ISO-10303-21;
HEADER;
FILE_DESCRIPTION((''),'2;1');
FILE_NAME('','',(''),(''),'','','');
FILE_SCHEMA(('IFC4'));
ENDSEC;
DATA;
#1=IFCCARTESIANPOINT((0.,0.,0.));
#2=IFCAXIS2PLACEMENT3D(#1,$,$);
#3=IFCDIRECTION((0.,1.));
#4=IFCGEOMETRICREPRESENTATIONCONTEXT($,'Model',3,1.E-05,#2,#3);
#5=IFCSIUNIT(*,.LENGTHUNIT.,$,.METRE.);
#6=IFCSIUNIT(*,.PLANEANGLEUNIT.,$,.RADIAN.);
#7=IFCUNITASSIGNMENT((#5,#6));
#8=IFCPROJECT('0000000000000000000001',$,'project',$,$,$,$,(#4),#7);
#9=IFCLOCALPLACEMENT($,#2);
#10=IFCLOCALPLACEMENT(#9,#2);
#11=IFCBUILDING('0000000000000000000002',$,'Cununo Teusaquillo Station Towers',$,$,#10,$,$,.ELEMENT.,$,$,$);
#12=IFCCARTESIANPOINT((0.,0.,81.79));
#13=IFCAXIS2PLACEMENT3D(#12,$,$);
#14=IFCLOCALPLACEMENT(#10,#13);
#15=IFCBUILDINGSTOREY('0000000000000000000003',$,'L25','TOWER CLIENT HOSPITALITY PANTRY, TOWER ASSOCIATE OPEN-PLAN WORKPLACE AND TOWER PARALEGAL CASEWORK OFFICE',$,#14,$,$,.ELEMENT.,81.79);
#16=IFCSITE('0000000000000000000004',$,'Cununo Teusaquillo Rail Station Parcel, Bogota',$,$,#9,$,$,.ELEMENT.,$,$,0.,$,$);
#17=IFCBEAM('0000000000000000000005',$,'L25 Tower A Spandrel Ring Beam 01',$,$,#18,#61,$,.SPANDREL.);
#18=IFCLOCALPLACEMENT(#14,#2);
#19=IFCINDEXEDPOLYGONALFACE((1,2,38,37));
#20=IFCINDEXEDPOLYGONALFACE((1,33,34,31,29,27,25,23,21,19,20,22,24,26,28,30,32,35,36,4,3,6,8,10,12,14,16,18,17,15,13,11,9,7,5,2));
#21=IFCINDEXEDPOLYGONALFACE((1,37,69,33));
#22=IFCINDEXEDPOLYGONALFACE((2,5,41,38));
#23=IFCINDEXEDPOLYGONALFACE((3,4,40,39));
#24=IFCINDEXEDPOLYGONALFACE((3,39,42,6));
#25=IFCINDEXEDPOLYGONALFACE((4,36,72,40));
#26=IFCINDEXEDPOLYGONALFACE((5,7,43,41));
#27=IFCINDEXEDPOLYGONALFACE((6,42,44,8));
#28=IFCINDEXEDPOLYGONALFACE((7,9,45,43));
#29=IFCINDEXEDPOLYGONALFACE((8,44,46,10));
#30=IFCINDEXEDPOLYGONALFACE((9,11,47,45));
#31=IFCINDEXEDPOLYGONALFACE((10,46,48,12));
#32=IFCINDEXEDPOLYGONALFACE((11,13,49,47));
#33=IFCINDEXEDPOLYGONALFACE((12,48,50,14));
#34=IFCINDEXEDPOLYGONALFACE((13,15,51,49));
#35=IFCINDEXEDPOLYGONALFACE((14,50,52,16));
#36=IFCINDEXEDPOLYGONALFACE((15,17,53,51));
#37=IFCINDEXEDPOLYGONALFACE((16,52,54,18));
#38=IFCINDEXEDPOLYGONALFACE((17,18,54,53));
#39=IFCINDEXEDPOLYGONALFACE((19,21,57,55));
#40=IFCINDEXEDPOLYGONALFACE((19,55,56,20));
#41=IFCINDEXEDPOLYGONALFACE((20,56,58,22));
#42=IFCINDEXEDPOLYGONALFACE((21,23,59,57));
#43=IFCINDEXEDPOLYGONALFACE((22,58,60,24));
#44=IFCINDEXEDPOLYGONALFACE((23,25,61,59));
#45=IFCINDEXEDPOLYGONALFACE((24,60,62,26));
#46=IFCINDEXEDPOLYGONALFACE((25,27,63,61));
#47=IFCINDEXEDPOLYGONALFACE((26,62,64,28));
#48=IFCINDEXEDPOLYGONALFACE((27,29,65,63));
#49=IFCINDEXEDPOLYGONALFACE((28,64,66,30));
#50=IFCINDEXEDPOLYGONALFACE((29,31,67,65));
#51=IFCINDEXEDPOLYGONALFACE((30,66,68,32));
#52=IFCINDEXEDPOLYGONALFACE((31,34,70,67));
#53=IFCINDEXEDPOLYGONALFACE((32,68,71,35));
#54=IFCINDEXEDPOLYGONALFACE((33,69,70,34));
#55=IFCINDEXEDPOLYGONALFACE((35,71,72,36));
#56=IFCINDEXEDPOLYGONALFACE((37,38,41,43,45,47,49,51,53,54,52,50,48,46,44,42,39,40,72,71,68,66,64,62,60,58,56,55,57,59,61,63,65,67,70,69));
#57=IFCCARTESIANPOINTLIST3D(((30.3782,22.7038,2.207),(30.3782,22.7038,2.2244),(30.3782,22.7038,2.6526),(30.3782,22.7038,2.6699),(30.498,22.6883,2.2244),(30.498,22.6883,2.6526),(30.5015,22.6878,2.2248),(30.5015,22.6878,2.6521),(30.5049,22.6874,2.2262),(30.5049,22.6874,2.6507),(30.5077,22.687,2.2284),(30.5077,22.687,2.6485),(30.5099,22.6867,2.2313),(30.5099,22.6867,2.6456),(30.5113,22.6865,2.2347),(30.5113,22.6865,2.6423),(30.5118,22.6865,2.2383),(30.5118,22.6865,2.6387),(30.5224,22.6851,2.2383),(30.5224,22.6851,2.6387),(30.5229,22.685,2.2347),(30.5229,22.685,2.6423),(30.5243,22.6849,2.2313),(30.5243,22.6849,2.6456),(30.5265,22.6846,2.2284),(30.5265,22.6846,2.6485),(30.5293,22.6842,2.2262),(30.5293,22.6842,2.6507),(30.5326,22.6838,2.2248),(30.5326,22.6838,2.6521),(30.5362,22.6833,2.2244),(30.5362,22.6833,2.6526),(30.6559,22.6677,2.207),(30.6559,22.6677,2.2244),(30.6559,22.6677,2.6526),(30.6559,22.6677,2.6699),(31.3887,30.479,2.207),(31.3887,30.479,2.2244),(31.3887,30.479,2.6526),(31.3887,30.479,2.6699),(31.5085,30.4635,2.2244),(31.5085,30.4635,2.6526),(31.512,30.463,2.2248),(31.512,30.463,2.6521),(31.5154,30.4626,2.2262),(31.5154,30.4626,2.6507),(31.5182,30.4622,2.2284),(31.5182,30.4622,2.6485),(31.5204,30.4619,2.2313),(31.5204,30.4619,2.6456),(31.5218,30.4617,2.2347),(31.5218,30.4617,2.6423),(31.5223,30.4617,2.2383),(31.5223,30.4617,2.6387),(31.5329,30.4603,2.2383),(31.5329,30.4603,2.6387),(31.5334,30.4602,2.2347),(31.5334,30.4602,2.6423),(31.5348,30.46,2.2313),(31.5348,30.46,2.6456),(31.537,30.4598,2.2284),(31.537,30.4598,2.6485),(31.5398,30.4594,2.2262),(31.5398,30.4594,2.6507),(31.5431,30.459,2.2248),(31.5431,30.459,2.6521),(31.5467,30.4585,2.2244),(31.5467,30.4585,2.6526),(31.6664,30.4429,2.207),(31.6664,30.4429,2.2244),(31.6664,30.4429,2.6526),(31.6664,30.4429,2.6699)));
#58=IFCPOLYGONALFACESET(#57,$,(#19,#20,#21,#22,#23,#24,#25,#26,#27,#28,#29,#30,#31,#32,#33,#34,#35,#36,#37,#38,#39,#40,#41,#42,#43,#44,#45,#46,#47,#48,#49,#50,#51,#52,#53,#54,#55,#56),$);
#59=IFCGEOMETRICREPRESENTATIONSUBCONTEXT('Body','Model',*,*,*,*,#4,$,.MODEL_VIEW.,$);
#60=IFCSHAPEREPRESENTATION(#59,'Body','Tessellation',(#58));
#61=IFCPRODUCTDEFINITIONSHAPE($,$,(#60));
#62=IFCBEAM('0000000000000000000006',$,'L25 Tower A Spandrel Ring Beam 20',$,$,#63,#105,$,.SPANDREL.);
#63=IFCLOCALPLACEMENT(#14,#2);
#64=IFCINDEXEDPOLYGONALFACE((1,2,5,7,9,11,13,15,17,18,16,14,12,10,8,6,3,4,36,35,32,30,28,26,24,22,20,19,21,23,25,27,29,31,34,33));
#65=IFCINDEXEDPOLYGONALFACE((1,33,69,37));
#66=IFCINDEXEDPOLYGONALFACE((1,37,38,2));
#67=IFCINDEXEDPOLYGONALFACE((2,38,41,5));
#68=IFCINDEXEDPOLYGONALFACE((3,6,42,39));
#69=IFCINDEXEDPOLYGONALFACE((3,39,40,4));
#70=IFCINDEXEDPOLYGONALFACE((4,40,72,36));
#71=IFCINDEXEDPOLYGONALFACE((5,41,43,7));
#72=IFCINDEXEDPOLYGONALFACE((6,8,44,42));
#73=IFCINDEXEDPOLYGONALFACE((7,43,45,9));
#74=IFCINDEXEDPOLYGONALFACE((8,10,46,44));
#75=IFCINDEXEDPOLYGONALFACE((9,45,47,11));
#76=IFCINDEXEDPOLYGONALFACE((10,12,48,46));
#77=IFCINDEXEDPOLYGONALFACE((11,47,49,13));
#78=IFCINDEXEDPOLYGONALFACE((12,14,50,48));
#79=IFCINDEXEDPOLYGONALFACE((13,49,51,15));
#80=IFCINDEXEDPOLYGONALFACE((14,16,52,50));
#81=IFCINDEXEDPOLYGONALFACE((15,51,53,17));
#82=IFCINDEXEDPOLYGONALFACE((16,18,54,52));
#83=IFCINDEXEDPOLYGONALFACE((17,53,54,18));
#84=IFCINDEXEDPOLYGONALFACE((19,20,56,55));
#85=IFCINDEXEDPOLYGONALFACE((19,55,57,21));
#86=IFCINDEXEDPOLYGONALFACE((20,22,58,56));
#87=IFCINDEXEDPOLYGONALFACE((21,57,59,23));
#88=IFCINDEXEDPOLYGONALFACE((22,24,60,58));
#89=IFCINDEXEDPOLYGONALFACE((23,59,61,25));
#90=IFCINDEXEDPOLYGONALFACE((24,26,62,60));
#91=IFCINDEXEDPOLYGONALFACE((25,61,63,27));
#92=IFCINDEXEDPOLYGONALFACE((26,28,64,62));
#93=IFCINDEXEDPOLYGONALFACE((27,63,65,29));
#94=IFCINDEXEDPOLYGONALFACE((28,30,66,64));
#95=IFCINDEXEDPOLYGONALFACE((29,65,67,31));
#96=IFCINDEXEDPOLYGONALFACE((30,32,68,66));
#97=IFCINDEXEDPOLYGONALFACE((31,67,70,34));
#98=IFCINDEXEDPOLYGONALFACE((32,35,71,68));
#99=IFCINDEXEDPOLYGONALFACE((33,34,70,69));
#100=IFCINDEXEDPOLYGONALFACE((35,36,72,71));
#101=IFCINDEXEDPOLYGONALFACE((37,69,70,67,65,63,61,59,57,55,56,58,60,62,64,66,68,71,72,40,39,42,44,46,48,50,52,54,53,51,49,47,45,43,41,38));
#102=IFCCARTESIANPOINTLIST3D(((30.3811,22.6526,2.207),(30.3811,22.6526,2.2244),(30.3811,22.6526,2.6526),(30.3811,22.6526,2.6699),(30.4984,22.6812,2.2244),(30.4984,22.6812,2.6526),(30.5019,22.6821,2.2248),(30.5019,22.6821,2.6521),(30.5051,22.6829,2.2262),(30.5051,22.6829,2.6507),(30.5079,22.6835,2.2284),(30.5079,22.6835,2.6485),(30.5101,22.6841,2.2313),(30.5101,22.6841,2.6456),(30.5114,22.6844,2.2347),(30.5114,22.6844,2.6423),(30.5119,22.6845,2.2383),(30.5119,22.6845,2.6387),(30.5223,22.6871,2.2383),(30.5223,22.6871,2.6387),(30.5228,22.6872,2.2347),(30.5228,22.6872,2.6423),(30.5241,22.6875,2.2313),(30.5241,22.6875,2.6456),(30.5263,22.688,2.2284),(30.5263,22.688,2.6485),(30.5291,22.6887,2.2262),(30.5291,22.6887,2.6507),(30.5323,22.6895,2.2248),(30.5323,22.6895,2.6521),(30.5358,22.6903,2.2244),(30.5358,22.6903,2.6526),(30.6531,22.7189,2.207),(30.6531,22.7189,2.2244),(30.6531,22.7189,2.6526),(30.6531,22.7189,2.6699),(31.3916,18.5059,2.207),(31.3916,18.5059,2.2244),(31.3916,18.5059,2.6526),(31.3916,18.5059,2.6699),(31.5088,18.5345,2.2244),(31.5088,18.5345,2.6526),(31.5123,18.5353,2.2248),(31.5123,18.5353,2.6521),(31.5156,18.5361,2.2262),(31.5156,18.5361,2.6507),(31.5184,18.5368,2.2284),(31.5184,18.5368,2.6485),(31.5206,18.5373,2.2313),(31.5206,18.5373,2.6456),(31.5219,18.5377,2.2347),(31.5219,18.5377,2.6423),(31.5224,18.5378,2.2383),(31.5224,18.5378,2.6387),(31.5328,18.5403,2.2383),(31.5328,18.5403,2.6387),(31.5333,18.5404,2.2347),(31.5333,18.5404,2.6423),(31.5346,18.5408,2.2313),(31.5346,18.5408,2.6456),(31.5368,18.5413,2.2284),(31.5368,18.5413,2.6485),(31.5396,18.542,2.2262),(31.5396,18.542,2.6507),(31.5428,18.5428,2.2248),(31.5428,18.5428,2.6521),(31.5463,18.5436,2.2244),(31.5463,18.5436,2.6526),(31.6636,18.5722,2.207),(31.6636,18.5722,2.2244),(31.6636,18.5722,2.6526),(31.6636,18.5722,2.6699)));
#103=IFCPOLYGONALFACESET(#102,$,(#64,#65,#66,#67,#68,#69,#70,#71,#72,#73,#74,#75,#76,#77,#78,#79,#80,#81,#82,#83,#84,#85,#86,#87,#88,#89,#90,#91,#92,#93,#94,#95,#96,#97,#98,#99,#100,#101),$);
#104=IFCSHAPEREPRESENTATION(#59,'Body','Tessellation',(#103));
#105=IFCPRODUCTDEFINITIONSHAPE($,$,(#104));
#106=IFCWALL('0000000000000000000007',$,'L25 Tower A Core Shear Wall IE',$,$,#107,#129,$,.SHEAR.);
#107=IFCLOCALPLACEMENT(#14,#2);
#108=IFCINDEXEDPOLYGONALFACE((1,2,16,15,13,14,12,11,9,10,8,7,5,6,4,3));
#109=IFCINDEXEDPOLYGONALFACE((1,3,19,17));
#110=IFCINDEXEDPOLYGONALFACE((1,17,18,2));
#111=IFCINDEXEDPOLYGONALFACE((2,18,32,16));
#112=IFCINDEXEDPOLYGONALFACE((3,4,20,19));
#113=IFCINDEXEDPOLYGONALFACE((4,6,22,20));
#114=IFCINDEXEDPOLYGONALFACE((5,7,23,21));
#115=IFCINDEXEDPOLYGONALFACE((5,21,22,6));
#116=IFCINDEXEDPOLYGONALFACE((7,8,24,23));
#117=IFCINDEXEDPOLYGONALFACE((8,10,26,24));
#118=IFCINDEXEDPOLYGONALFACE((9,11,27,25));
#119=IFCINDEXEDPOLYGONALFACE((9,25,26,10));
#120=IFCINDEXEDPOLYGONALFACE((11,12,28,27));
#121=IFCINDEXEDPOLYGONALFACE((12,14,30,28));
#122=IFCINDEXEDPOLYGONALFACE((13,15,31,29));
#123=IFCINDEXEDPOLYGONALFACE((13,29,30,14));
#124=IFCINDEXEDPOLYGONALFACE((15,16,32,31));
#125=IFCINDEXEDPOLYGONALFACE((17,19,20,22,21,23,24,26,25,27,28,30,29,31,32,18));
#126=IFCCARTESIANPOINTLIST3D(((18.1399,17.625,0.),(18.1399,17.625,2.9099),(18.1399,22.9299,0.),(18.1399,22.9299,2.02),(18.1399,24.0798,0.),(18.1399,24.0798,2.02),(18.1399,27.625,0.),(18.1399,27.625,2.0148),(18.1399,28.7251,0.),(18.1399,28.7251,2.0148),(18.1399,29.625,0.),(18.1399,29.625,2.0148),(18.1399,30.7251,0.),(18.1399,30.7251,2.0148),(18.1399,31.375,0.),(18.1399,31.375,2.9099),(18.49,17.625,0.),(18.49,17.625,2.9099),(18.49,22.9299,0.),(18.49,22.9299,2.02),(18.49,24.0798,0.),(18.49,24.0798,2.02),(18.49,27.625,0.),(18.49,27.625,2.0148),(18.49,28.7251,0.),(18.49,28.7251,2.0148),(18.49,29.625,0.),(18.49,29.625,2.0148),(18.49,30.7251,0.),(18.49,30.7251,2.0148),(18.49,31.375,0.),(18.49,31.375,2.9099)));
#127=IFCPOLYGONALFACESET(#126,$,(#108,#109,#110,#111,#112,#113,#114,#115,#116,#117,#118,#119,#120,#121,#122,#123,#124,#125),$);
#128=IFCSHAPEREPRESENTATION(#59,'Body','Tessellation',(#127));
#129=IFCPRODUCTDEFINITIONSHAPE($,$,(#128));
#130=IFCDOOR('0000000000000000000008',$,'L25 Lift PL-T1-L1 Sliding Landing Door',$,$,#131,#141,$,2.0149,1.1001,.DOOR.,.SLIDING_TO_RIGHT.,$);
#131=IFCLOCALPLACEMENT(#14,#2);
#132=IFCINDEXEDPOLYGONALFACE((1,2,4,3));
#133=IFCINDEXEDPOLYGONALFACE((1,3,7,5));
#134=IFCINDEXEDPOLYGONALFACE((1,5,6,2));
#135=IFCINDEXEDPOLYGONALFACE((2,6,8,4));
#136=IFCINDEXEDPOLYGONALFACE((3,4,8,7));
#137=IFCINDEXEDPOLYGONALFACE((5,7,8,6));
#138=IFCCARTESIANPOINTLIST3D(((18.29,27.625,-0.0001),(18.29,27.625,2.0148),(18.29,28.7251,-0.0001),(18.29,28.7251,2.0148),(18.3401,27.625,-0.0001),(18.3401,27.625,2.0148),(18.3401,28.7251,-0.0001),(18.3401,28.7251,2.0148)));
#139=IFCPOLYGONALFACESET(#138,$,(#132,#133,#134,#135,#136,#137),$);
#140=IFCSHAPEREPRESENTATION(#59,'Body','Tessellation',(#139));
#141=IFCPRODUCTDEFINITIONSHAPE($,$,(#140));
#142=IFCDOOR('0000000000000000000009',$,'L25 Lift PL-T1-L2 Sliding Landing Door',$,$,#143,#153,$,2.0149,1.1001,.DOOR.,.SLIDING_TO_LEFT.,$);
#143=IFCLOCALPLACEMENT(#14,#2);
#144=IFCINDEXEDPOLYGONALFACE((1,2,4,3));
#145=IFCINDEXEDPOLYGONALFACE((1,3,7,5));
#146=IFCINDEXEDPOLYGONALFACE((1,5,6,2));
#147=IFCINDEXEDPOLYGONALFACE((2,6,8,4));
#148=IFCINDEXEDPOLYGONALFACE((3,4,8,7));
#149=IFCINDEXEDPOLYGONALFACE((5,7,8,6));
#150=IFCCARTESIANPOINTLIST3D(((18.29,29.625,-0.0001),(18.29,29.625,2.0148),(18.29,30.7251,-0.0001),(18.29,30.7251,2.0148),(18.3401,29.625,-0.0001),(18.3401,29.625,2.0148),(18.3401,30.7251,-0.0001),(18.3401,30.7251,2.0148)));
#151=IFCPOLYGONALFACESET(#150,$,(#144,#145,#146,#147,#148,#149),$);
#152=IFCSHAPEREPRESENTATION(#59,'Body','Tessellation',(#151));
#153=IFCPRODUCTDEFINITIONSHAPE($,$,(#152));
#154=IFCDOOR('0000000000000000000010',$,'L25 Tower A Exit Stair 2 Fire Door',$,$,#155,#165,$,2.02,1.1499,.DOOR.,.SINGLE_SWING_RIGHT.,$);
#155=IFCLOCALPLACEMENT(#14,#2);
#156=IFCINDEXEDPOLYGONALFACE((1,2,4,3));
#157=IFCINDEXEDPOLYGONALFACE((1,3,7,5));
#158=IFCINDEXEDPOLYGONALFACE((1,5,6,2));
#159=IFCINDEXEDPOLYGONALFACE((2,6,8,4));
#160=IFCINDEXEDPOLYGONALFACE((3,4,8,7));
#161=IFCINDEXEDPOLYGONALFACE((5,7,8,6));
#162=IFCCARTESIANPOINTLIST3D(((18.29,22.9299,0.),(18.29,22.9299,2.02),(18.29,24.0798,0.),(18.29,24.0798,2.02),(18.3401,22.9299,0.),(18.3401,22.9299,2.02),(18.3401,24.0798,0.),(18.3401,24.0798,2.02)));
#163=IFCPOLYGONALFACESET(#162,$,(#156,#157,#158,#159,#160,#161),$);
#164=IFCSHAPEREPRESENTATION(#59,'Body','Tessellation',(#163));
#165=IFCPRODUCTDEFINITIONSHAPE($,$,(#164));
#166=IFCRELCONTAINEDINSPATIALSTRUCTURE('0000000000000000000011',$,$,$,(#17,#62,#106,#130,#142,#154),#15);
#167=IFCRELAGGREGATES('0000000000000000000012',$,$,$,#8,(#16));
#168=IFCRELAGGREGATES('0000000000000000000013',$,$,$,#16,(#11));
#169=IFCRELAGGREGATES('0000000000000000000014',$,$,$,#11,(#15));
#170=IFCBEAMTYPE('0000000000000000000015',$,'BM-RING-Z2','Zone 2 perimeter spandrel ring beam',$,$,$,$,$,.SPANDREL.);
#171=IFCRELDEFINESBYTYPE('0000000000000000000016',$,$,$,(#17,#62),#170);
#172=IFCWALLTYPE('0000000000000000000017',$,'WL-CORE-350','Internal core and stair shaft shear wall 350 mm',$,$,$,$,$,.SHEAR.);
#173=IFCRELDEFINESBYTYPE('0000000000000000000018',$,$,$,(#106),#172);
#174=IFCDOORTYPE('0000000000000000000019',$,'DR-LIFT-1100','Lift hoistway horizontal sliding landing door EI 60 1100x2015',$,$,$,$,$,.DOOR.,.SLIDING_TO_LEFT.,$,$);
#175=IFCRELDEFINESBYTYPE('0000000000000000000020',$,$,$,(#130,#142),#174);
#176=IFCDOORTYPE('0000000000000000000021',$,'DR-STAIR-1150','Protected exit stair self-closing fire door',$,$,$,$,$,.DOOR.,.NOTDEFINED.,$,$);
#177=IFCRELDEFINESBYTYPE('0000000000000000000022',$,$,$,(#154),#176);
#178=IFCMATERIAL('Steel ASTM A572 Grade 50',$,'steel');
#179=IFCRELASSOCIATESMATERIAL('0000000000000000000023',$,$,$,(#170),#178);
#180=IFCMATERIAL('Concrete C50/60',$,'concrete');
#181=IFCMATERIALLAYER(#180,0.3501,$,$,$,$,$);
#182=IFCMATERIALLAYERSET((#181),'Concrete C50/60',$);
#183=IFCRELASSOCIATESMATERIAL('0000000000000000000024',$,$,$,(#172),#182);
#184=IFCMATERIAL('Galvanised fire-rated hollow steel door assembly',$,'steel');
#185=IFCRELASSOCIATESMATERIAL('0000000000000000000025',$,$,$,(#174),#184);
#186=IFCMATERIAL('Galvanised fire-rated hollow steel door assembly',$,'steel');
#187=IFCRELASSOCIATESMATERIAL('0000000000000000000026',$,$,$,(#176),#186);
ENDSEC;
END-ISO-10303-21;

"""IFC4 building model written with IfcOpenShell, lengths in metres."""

from ifc_helpers import new_model, si_unit, direction, frame, frame_2d, origin, origin_2d, place, context, subcontext, project, spatial, rectangle, i_section, extrude, source, transform, mapped, material, layer, layer_set, material_profile, profile_set, type_object, element, fill, save


model = new_model("IFC4")

# Units and contexts
model_context = context("Model", 3, precision=1e-05, world=origin(), true_north=direction((0.0, 1.0)))
body_context = subcontext(model_context, "Body", "Model", "MODEL_VIEW")
ifc_project = project(units=[si_unit("LENGTHUNIT", "METRE"), si_unit("PLANEANGLEUNIT", "RADIAN")], contexts=[model_context])

# Site, building, storey
site_placement = place(None, origin())
site = spatial("IfcSite", under=ifc_project, at=site_placement, Name="Cununo Teusaquillo Rail Station Parcel, Bogota", CompositionType="ELEMENT", RefElevation=0.0)
building_placement = place(site_placement, origin())
building = spatial("IfcBuilding", under=site, at=building_placement, Name="Cununo Teusaquillo Station Towers", CompositionType="ELEMENT")
storey_placement = place(building_placement, frame((0.0, 0.0, 81.79)))
storey = spatial("IfcBuildingStorey", under=building, at=storey_placement, Name="L25", Description="TOWER CLIENT HOSPITALITY PANTRY, TOWER ASSOCIATE OPEN-PLAN WORKPLACE AND TOWER PARALEGAL CASEWORK OFFICE", CompositionType="ELEMENT", Elevation=81.79)

# Beams
ifc_material_1 = material(Name="Steel ASTM A572 Grade 50", Category="steel")
ifc_material_profile_1 = material_profile(ifc_material_1, i_section(OverallWidth=0.28, OverallDepth=0.4629, WebThickness=0.0107, FlangeThickness=0.0173, FilletRadius=0.0139, at=origin_2d()), Name="W18X76")
ifc_profile_set_1 = profile_set([ifc_material_profile_1], Name="Steel ASTM A572 Grade 50")
beam_type_1 = type_object("IfcBeamType", Name="BM-RING-Z2", Description="Zone 2 perimeter spandrel ring beam", PredefinedType="SPANDREL", material=ifc_profile_set_1)
beam_1_placement = place(storey_placement, frame((30.5171, 22.6858, 2.4385), z_axis=(0.128881, 0.99166, 0.0), x_axis=(-0.99166, 0.128881, 0.0)))
element("IfcBeam", 1, at=beam_1_placement, inside=storey, type_object=beam_type_1, Name="L25 Tower A Spandrel Ring Beam 01", PredefinedType="SPANDREL", context=body_context, shape_type="SweptSolid", body=[
    extrude(i_section(OverallWidth=0.28, OverallDepth=0.4629, WebThickness=0.0107, FlangeThickness=0.0173, FilletRadius=0.0139, at=origin_2d()), origin(), (0.0, 0.0, 1.0), 7.8406),
])
beam_2_placement = place(storey_placement, frame((31.5276, 18.5391, 2.4385), z_axis=(-0.236757, 0.971569, 0.0), x_axis=(-0.971569, -0.236757, 0.0)))
element("IfcBeam", 2, at=beam_2_placement, inside=storey, type_object=beam_type_1, Name="L25 Tower A Spandrel Ring Beam 20", PredefinedType="SPANDREL", context=body_context, shape_type="SweptSolid", body=[
    extrude(i_section(OverallWidth=0.28, OverallDepth=0.4629, WebThickness=0.0107, FlangeThickness=0.0173, FilletRadius=0.0139, at=origin_2d()), origin(), (0.0, 0.0, 1.0), 4.2681),
])

# Wall, openings, doors
ifc_material_2 = material(Name="Concrete C50/60", Category="concrete")
ifc_layer_1 = layer(ifc_material_2, 0.3501)
ifc_layer_set_1 = layer_set([ifc_layer_1], Name="Concrete C50/60")
wall_type_1 = type_object("IfcWallType", Name="WL-CORE-350", Description="Internal core and stair shaft shear wall 350 mm", PredefinedType="SHEAR", material=ifc_layer_set_1)
wall_1_placement = place(storey_placement, frame((18.3149, 17.625, 0.0), z_axis=(0.0, 0.0, 1.0), x_axis=(0.0, 1.0, 0.0)))
wall_1 = element("IfcWall", 3, at=wall_1_placement, inside=storey, type_object=wall_type_1, Name="L25 Tower A Core Shear Wall IE", PredefinedType="SHEAR", context=body_context, shape_type="SweptSolid", body=[
    extrude(rectangle(XDim=13.75, YDim=0.3501, at=frame_2d((6.875, 0.0))), origin(), (0.0, 0.0, 1.0), 2.9099),
])
shared_shape_1 = source(origin(), body_context, "Body", "SweptSolid", [
    extrude(rectangle(XDim=1.1001, YDim=2.0149, at=frame_2d((0.55, 1.0073))), frame((0.0, 0.1851, 0.0), z_axis=(0.0, -1.0, 0.0), x_axis=(1.0, 0.0, 0.0)), (0.0, 0.0, 1.0), 0.3701),
])
opening_1_placement = place(wall_1_placement, frame((10.0, 0.0, 0.0)))
opening_1 = element("IfcOpeningElement", 4, at=opening_1_placement, cuts=wall_1, PredefinedType="OPENING", context=body_context, shape_type="MappedRepresentation", body=[
    mapped(shared_shape_1, transform((0.0, 0.0, 0.0), x_axis=(1.0, 0.0, 0.0), y_axis=(0.0, 1.0, 0.0), z_axis=(0.0, 0.0, 1.0), scale=1.0)),
])
opening_2_placement = place(wall_1_placement, frame((12.0, 0.0, 0.0)))
opening_2 = element("IfcOpeningElement", 5, at=opening_2_placement, cuts=wall_1, PredefinedType="OPENING", context=body_context, shape_type="MappedRepresentation", body=[
    mapped(shared_shape_1, transform((0.0, 0.0, 0.0), x_axis=(1.0, 0.0, 0.0), y_axis=(0.0, 1.0, 0.0), z_axis=(0.0, 0.0, 1.0), scale=1.0)),
])
shared_shape_2 = source(origin(), body_context, "Body", "SweptSolid", [
    extrude(rectangle(XDim=1.1499, YDim=2.02, at=frame_2d((0.575, 1.01))), frame((0.0, 0.1851, 0.0), z_axis=(0.0, -1.0, 0.0), x_axis=(1.0, 0.0, 0.0)), (0.0, 0.0, 1.0), 0.3701),
])
opening_3_placement = place(wall_1_placement, frame((5.3049, 0.0, 0.0)))
opening_3 = element("IfcOpeningElement", 6, at=opening_3_placement, cuts=wall_1, PredefinedType="OPENING", context=body_context, shape_type="MappedRepresentation", body=[
    mapped(shared_shape_2, transform((0.0, 0.0, 0.0), x_axis=(1.0, 0.0, 0.0), y_axis=(0.0, 1.0, 0.0), z_axis=(0.0, 0.0, 1.0), scale=1.0)),
])
ifc_material_3 = material(Name="Galvanised fire-rated hollow steel door assembly", Category="steel")
door_type_1 = type_object("IfcDoorType", Name="DR-LIFT-1100", Description="Lift hoistway horizontal sliding landing door EI 60 1100x2015", OperationType="SLIDING_TO_LEFT", PredefinedType="DOOR", material=ifc_material_3)
shared_shape_3 = source(origin(), body_context, "Body", "SweptSolid", [
    extrude(rectangle(XDim=1.1001, YDim=2.0149, at=frame_2d((0.55, 1.0073))), frame((0.0, 0.0249, 0.0), z_axis=(0.0, -1.0, 0.0), x_axis=(1.0, 0.0, 0.0)), (0.0, 0.0, 1.0), 0.05),
])
door_1_placement = place(opening_1_placement, origin())
door_1 = element("IfcDoor", 7, at=door_1_placement, inside=storey, type_object=door_type_1, Name="L25 Lift PL-T1-L1 Sliding Landing Door", OperationType="SLIDING_TO_RIGHT", OverallHeight=2.0149, OverallWidth=1.1001, PredefinedType="DOOR", context=body_context, shape_type="MappedRepresentation", body=[
    mapped(shared_shape_3, transform((0.0, 0.0, 0.0), x_axis=(1.0, 0.0, 0.0), y_axis=(0.0, 1.0, 0.0), z_axis=(0.0, 0.0, 1.0), scale=1.0)),
])
fill(opening_1, door_1)
door_2_placement = place(opening_2_placement, origin())
door_2 = element("IfcDoor", 8, at=door_2_placement, inside=storey, type_object=door_type_1, Name="L25 Lift PL-T1-L2 Sliding Landing Door", OperationType="SLIDING_TO_LEFT", OverallHeight=2.0149, OverallWidth=1.1001, PredefinedType="DOOR", context=body_context, shape_type="MappedRepresentation", body=[
    mapped(shared_shape_3, transform((0.0, 0.0, 0.0), x_axis=(1.0, 0.0, 0.0), y_axis=(0.0, 1.0, 0.0), z_axis=(0.0, 0.0, 1.0), scale=1.0)),
])
fill(opening_2, door_2)
ifc_material_4 = material(Name="Galvanised fire-rated hollow steel door assembly", Category="steel")
door_type_2 = type_object("IfcDoorType", Name="DR-STAIR-1150", Description="Protected exit stair self-closing fire door", OperationType="NOTDEFINED", PredefinedType="DOOR", material=ifc_material_4)
shared_shape_4 = source(origin(), body_context, "Body", "SweptSolid", [
    extrude(rectangle(XDim=1.1499, YDim=2.02, at=frame_2d((0.575, 1.01))), frame((0.0, 0.0249, 0.0), z_axis=(0.0, -1.0, 0.0), x_axis=(1.0, 0.0, 0.0)), (0.0, 0.0, 1.0), 0.05),
])
door_3_placement = place(opening_3_placement, origin())
door_3 = element("IfcDoor", 9, at=door_3_placement, inside=storey, type_object=door_type_2, Name="L25 Tower A Exit Stair 2 Fire Door", OperationType="SINGLE_SWING_RIGHT", OverallHeight=2.02, OverallWidth=1.1499, PredefinedType="DOOR", context=body_context, shape_type="MappedRepresentation", body=[
    mapped(shared_shape_4, transform((0.0, 0.0, 0.0), x_axis=(1.0, 0.0, 0.0), y_axis=(0.0, 1.0, 0.0), z_axis=(0.0, 0.0, 1.0), scale=1.0)),
])
fill(opening_3, door_3)

save(model, "model.ifc")
